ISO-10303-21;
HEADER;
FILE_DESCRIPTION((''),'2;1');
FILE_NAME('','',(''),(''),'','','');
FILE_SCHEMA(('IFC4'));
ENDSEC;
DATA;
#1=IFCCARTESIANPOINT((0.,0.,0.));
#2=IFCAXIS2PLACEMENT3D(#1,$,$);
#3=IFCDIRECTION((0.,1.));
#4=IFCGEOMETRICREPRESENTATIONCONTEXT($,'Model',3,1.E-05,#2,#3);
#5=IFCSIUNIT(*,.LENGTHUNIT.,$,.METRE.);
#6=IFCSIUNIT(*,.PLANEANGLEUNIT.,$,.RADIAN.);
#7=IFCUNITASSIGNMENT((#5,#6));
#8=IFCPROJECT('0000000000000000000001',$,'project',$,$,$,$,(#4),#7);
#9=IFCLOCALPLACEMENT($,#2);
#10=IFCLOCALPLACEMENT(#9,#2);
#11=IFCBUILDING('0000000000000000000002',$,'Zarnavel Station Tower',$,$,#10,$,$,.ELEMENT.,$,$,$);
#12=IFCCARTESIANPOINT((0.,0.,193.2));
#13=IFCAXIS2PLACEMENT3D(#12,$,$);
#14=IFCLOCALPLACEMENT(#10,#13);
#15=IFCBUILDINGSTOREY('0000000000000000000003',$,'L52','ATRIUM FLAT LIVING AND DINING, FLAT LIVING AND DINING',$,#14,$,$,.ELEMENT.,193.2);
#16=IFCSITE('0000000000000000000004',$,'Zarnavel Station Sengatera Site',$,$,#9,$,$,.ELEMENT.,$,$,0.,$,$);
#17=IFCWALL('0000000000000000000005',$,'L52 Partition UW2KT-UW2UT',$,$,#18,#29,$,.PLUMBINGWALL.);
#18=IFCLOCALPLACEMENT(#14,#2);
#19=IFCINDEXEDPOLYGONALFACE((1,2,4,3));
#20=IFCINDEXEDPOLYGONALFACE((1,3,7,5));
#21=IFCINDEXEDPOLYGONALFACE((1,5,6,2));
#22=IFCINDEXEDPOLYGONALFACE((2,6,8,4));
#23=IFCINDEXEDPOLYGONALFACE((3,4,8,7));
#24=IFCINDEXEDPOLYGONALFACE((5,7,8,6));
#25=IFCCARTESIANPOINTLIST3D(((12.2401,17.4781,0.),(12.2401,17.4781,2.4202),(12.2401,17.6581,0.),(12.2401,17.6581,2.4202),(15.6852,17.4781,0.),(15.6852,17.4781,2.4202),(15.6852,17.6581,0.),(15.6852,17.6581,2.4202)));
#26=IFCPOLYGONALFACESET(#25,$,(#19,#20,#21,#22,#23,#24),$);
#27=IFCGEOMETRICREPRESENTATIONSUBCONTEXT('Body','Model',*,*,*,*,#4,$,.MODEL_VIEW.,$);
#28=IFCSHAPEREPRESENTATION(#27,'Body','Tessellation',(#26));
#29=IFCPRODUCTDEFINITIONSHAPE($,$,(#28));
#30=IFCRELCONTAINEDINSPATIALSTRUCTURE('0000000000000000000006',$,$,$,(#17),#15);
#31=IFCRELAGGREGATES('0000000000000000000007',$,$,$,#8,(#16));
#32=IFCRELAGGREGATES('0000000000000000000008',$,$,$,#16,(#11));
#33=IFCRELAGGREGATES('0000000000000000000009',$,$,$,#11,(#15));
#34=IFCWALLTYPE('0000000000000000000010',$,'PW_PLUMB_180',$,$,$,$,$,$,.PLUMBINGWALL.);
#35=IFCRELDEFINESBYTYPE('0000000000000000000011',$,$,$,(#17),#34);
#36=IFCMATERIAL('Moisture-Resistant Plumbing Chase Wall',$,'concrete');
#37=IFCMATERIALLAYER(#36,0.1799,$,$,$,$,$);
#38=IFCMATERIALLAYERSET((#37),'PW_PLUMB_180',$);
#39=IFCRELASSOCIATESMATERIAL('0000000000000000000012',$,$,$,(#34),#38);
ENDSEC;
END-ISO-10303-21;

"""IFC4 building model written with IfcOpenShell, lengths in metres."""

from ifc_helpers import new_model, si_unit, direction, frame, frame_2d, origin, place, context, subcontext, project, spatial, rectangle, extrude, material, layer, layer_set, type_object, element, save


model = new_model("IFC4")

# Units and contexts
model_context = context("Model", 3, precision=1e-05, world=origin(), true_north=direction((0.0, 1.0)))
body_context = subcontext(model_context, "Body", "Model", "MODEL_VIEW")
ifc_project = project(units=[si_unit("LENGTHUNIT", "METRE"), si_unit("PLANEANGLEUNIT", "RADIAN")], contexts=[model_context])

# Site, building, storey
site_placement = place(None, origin())
site = spatial("IfcSite", under=ifc_project, at=site_placement, Name="Zarnavel Station Sengatera Site", CompositionType="ELEMENT", RefElevation=0.0)
building_placement = place(site_placement, origin())
building = spatial("IfcBuilding", under=site, at=building_placement, Name="Zarnavel Station Tower", CompositionType="ELEMENT")
storey_placement = place(building_placement, frame((0.0, 0.0, 193.2)))
storey = spatial("IfcBuildingStorey", under=building, at=storey_placement, Name="L52", Description="ATRIUM FLAT LIVING AND DINING, FLAT LIVING AND DINING", CompositionType="ELEMENT", Elevation=193.2)

# Shared definitions
ifc_material_1 = material(Name="Moisture-Resistant Plumbing Chase Wall", Category="concrete")
ifc_layer_1 = layer(ifc_material_1, 0.1799)
ifc_layer_set_1 = layer_set([ifc_layer_1], Name="PW_PLUMB_180")
wall_type_1 = type_object("IfcWallType", Name="PW_PLUMB_180", PredefinedType="PLUMBINGWALL", material=ifc_layer_set_1)

# Wall
wall_1_placement = place(storey_placement, frame((12.24, 17.5681, 0.0), z_axis=(0.0, 0.0, 1.0), x_axis=(1.0, 0.0, 0.0)))
element("IfcWall", 1, at=wall_1_placement, inside=storey, type_object=wall_type_1, Name="L52 Partition UW2KT-UW2UT", PredefinedType="PLUMBINGWALL", context=body_context, shape_type="SweptSolid", body=[
    extrude(rectangle(XDim=3.4451, YDim=0.1799, at=frame_2d((1.7227, 0.0))), origin(), (0.0, 0.0, 1.0), 2.4202),
])

save(model, "model.ifc")
